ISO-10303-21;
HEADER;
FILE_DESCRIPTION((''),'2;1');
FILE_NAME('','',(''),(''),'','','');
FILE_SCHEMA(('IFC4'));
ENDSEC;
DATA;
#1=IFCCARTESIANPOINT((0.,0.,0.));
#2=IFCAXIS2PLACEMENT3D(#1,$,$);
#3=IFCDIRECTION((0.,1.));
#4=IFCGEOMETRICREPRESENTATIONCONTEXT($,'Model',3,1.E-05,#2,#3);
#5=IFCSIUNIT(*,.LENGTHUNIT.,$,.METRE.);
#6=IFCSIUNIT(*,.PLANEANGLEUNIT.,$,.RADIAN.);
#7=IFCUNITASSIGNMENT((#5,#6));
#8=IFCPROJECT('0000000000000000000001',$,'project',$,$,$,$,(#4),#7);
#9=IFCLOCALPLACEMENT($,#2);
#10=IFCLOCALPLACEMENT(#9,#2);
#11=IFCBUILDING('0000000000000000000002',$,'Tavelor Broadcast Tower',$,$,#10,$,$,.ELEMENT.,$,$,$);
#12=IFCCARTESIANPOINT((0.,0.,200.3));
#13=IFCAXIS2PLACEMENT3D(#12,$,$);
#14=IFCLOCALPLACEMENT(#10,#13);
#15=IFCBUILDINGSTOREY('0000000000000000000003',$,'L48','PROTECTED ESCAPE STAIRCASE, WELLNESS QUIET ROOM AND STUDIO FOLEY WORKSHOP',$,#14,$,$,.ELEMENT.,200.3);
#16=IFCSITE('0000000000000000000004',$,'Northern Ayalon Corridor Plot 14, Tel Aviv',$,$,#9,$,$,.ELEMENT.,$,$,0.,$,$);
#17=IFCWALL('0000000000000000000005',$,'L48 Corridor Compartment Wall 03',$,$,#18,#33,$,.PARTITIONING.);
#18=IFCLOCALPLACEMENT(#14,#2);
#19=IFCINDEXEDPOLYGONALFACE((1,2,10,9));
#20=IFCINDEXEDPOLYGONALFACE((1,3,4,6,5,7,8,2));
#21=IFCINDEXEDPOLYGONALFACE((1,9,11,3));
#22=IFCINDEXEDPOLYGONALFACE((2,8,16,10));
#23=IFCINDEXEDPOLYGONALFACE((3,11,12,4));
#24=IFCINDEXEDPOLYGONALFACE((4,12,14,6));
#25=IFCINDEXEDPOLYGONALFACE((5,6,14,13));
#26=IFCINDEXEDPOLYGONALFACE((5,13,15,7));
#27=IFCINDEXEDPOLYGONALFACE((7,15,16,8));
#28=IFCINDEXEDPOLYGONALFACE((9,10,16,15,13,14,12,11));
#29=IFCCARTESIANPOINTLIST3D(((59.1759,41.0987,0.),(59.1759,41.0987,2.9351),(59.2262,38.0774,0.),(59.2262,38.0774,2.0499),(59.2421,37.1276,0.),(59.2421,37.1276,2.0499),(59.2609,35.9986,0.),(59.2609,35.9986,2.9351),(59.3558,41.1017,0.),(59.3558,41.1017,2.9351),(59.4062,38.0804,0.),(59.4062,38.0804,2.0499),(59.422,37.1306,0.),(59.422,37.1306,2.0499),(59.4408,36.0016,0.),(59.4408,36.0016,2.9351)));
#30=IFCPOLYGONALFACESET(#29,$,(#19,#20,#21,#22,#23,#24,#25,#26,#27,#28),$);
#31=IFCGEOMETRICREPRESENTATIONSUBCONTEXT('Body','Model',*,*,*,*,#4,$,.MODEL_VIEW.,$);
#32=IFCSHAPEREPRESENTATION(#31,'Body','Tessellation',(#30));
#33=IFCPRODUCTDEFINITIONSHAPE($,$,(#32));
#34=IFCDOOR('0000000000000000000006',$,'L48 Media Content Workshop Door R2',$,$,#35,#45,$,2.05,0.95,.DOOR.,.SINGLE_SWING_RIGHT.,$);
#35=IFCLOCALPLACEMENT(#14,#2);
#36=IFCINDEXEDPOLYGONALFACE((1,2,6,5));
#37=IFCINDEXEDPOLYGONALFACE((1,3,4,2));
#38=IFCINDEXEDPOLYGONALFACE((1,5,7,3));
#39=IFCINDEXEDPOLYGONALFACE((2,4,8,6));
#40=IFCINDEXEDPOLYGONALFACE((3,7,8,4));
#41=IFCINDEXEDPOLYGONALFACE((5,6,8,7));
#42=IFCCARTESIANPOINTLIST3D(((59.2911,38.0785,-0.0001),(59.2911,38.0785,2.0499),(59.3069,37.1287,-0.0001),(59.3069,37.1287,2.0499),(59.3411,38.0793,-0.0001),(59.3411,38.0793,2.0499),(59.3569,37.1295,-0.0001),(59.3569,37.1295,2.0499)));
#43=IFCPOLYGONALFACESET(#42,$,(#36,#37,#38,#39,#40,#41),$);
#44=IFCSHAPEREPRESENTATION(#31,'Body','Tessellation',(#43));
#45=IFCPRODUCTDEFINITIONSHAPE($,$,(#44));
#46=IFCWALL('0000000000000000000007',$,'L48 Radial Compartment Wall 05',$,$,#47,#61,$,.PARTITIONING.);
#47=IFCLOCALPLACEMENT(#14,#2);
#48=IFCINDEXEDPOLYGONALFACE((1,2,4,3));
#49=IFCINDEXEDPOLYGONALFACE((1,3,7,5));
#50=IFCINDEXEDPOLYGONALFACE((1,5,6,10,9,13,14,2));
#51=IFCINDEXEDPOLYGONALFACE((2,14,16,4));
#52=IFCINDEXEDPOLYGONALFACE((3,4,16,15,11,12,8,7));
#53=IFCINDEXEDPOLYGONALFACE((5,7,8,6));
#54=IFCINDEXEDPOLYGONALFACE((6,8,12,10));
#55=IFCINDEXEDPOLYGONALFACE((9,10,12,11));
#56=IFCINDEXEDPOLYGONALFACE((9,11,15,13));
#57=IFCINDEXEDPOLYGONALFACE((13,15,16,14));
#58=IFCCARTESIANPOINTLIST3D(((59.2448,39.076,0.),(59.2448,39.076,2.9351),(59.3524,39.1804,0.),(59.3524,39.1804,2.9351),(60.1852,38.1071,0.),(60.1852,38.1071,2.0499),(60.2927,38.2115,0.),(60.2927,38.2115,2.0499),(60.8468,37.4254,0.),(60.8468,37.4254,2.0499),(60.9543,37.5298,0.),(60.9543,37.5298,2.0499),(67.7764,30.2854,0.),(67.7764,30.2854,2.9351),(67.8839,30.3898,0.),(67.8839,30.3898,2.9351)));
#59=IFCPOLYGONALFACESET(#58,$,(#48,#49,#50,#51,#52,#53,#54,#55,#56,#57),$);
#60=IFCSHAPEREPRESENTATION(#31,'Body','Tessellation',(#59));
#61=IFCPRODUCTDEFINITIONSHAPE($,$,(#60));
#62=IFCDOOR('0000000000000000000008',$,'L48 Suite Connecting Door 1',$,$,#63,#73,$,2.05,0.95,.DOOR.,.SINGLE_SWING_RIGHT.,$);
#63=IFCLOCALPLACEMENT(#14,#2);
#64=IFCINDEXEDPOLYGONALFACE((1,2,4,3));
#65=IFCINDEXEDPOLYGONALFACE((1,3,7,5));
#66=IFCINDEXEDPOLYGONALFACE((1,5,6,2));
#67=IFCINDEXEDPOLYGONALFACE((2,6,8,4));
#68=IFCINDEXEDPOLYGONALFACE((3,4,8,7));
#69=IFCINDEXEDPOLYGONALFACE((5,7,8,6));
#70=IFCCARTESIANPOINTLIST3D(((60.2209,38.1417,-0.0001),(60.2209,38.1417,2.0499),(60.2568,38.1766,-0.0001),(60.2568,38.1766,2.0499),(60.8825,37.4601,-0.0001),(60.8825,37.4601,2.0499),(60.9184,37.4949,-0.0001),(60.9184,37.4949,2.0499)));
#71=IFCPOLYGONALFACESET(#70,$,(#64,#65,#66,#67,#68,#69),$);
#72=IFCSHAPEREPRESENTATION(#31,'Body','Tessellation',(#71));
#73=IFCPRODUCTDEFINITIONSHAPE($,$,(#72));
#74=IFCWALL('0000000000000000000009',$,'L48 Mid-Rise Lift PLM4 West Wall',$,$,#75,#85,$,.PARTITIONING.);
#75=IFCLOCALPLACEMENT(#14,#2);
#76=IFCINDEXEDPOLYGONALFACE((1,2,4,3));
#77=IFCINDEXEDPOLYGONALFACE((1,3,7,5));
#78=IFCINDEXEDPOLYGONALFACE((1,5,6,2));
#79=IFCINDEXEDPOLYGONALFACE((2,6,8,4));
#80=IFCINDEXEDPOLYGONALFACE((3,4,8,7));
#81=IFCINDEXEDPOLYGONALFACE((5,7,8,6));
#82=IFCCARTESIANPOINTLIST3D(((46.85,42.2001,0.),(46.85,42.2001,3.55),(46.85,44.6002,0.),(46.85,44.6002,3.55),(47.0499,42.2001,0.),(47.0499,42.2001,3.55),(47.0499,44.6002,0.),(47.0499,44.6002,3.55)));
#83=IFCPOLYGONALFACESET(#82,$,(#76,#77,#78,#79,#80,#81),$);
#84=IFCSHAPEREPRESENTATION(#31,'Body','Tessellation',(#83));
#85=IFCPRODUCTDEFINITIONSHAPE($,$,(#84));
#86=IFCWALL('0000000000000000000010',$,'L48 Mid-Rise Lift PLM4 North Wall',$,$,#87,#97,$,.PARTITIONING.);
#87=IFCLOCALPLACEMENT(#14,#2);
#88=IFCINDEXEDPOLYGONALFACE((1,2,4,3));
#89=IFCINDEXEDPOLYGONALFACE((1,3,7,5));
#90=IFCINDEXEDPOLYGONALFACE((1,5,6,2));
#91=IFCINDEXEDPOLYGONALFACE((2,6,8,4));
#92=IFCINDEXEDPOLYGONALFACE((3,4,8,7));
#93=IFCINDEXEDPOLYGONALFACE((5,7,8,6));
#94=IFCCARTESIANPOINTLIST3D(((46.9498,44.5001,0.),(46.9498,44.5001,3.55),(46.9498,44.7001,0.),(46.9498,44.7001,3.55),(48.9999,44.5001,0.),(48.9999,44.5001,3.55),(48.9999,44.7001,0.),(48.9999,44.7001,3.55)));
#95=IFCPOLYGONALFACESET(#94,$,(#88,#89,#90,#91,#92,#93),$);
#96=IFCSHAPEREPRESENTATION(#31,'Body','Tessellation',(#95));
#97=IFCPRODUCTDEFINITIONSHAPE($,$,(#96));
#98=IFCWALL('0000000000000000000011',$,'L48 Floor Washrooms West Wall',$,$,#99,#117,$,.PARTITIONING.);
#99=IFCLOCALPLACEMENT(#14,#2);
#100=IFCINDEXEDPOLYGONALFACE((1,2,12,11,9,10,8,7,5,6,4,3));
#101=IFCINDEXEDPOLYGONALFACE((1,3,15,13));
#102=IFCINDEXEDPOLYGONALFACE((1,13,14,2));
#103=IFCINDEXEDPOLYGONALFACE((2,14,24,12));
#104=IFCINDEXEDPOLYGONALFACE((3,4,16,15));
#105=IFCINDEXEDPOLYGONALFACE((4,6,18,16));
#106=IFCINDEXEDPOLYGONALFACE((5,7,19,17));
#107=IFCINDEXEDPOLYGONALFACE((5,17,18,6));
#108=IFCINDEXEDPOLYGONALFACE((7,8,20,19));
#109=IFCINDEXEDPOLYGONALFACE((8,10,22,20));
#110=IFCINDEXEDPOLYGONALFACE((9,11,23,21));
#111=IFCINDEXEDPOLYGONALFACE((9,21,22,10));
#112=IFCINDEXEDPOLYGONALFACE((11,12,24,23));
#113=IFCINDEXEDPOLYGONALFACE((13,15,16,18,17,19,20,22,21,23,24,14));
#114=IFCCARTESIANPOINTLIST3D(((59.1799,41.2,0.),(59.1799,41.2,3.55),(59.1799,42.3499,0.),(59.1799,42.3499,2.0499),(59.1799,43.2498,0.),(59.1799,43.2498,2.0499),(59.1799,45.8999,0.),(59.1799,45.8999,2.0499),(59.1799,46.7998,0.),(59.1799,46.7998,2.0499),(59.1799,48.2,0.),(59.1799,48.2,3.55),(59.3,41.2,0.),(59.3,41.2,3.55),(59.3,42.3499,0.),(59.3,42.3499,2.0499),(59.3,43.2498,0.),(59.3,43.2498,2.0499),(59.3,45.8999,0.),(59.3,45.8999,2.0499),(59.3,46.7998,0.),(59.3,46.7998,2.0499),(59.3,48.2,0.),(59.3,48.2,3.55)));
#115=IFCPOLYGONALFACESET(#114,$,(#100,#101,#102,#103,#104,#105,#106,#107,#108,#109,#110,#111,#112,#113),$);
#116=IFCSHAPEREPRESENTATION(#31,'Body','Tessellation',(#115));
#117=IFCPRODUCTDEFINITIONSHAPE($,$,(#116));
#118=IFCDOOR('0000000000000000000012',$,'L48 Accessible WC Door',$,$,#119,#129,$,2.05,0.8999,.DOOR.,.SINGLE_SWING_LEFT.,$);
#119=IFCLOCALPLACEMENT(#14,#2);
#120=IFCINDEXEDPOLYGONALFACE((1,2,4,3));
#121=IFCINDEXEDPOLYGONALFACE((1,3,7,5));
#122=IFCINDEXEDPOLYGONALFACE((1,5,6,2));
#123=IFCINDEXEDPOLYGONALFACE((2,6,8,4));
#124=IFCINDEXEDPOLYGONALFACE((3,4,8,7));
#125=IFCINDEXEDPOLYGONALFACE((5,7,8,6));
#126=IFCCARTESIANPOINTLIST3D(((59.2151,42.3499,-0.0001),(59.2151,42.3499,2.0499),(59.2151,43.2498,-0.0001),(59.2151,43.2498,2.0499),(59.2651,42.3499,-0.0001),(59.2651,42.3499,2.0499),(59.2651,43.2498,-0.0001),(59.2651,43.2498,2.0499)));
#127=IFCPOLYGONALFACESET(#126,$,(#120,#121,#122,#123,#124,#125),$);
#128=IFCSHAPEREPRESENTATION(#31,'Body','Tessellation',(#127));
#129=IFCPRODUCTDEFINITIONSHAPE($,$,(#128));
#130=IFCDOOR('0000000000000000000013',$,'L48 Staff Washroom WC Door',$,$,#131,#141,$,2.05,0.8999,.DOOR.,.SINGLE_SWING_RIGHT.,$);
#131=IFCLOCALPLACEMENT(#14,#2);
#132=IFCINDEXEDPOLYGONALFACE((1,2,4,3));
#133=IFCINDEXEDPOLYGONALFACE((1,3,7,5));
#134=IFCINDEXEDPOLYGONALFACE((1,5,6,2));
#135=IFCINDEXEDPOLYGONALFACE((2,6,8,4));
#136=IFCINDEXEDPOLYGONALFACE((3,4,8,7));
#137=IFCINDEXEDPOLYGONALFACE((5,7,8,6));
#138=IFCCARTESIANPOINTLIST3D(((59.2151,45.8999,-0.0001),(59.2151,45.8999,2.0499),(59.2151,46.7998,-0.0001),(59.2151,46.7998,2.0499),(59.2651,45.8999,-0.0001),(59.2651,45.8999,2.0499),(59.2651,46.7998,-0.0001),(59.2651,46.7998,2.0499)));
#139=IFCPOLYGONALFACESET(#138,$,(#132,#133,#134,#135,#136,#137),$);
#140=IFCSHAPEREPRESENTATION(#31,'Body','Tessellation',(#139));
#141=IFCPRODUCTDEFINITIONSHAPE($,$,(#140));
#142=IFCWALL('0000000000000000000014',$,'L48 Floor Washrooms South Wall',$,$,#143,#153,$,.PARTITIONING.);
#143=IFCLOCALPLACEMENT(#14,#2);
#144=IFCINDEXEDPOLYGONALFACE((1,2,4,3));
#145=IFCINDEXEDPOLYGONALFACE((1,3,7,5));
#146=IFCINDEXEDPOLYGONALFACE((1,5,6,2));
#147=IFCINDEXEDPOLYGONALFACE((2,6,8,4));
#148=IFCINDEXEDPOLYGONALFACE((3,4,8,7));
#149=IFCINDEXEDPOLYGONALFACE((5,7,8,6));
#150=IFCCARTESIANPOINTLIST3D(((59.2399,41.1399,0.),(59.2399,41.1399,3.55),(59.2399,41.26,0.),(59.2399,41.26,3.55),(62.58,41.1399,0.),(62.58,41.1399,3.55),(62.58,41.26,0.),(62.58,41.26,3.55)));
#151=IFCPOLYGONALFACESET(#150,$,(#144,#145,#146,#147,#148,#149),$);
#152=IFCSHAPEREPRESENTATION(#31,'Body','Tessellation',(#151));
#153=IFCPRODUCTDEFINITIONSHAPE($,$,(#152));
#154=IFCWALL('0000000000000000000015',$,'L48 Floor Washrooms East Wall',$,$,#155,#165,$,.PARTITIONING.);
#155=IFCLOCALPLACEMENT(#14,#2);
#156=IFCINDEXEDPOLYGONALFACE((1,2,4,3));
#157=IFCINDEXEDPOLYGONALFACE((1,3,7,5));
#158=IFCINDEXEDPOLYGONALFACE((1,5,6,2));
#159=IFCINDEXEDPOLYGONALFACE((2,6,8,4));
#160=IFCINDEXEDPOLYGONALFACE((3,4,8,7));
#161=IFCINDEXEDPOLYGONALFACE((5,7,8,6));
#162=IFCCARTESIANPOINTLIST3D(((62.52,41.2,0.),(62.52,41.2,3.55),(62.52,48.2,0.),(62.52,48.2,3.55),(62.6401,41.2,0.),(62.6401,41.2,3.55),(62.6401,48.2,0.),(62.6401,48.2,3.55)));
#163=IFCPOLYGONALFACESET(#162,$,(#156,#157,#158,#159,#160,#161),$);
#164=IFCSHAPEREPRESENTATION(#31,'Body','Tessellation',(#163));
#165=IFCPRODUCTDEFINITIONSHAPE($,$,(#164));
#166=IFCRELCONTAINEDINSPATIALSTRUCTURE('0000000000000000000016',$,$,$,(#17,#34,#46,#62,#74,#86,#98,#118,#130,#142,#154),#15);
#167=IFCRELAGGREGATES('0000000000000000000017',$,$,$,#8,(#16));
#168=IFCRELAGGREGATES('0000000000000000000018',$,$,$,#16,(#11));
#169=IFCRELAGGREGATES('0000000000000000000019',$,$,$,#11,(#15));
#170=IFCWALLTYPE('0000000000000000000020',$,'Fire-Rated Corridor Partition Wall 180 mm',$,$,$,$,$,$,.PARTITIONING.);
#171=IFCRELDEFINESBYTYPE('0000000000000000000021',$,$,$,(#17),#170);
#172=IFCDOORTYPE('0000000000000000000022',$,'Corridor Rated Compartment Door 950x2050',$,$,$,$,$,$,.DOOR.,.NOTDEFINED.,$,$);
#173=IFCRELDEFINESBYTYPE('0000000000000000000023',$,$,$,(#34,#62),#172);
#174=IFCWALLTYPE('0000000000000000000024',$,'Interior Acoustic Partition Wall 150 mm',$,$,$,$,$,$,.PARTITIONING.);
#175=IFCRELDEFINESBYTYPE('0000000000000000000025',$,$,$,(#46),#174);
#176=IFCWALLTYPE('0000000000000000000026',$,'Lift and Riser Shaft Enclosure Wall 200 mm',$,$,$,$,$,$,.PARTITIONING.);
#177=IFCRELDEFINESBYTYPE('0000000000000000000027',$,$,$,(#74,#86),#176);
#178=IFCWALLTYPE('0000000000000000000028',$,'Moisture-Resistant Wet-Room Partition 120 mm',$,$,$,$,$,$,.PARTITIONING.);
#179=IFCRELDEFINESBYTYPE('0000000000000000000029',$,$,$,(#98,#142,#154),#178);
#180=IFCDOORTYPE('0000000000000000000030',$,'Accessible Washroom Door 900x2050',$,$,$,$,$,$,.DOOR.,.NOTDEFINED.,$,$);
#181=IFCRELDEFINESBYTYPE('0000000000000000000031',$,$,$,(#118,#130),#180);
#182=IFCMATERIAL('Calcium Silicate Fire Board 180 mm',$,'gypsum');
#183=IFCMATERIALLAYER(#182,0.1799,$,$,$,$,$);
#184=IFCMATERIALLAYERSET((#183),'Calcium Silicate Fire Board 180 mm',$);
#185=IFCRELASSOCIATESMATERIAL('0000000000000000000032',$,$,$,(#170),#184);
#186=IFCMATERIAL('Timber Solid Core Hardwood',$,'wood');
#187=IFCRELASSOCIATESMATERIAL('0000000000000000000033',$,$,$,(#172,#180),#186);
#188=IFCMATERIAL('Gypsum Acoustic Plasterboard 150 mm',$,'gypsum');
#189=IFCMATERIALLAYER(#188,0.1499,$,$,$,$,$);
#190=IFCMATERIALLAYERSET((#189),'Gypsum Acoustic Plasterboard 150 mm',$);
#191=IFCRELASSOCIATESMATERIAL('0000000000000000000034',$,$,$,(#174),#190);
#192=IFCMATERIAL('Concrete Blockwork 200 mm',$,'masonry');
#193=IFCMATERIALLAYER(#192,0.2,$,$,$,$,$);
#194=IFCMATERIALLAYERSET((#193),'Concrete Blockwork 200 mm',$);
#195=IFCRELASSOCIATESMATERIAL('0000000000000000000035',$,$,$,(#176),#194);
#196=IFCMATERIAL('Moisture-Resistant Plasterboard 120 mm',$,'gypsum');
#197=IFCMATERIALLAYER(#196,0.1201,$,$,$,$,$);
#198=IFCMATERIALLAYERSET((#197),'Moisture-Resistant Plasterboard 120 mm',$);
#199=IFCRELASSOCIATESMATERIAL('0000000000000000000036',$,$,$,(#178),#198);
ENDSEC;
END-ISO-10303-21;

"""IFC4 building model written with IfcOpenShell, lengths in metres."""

from ifc_helpers import new_model, si_unit, direction, frame, frame_2d, origin, place, context, subcontext, project, spatial, rectangle, extrude, material, layer, layer_set, type_object, element, fill, save


model = new_model("IFC4")

# Units and contexts
model_context = context("Model", 3, precision=1e-05, world=origin(), true_north=direction((0.0, 1.0)))
body_context = subcontext(model_context, "Body", "Model", "MODEL_VIEW")
ifc_project = project(units=[si_unit("LENGTHUNIT", "METRE"), si_unit("PLANEANGLEUNIT", "RADIAN")], contexts=[model_context])

# Site, building, storey
site_placement = place(None, origin())
site = spatial("IfcSite", under=ifc_project, at=site_placement, Name="Northern Ayalon Corridor Plot 14, Tel Aviv", CompositionType="ELEMENT", RefElevation=0.0)
building_placement = place(site_placement, origin())
building = spatial("IfcBuilding", under=site, at=building_placement, Name="Tavelor Broadcast Tower", CompositionType="ELEMENT")
storey_placement = place(building_placement, frame((0.0, 0.0, 200.3)))
storey = spatial("IfcBuildingStorey", under=building, at=storey_placement, Name="L48", Description="PROTECTED ESCAPE STAIRCASE, WELLNESS QUIET ROOM AND STUDIO FOLEY WORKSHOP", CompositionType="ELEMENT", Elevation=200.3)

# Walls, openings, doors
ifc_material_1 = material(Name="Calcium Silicate Fire Board 180 mm", Category="gypsum")
ifc_layer_1 = layer(ifc_material_1, 0.1799)
ifc_layer_set_1 = layer_set([ifc_layer_1], Name="Calcium Silicate Fire Board 180 mm")
wall_type_1 = type_object("IfcWallType", Name="Fire-Rated Corridor Partition Wall 180 mm", PredefinedType="PARTITIONING", material=ifc_layer_set_1)
wall_1_placement = place(storey_placement, frame((59.2659, 41.1001, 0.0), z_axis=(0.0, 0.0, 1.0), x_axis=(0.016656, -0.999861, 0.0)))
wall_1 = element("IfcWall", 1, at=wall_1_placement, inside=storey, type_object=wall_type_1, Name="L48 Corridor Compartment Wall 03", PredefinedType="PARTITIONING", context=body_context, shape_type="SweptSolid", body=[
    extrude(rectangle(XDim=5.1008, YDim=0.1799, at=frame_2d((2.5503, 0.0))), origin(), (0.0, 0.0, 1.0), 2.9351),
])
opening_1_placement = place(wall_1_placement, frame((3.0215, 0.0, 0.0)))
opening_1 = element("IfcOpeningElement", 2, at=opening_1_placement, cuts=wall_1, PredefinedType="OPENING", context=body_context, shape_type="SweptSolid", body=[
    extrude(rectangle(XDim=0.95, YDim=2.05, at=frame_2d((0.4751, 1.0249))), frame((0.0, 0.1001, 0.0), z_axis=(0.0, -1.0, 0.0), x_axis=(1.0, 0.0, 0.0)), (0.0, 0.0, 1.0), 0.2),
])
ifc_material_2 = material(Name="Timber Solid Core Hardwood", Category="wood")
door_type_1 = type_object("IfcDoorType", Name="Corridor Rated Compartment Door 950x2050", OperationType="NOTDEFINED", PredefinedType="DOOR", material=ifc_material_2)
door_1_placement = place(opening_1_placement, origin())
door_1 = element("IfcDoor", 3, at=door_1_placement, inside=storey, type_object=door_type_1, Name="L48 Media Content Workshop Door R2", OperationType="SINGLE_SWING_RIGHT", OverallHeight=2.05, OverallWidth=0.95, PredefinedType="DOOR", context=body_context, shape_type="SweptSolid", body=[
    extrude(rectangle(XDim=0.95, YDim=2.05, at=frame_2d((0.4751, 1.0249))), frame((0.0, 0.0249, 0.0), z_axis=(0.0, -1.0, 0.0), x_axis=(1.0, 0.0, 0.0)), (0.0, 0.0, 1.0), 0.05),
])
fill(opening_1, door_1)
ifc_material_3 = material(Name="Gypsum Acoustic Plasterboard 150 mm", Category="gypsum")
ifc_layer_2 = layer(ifc_material_3, 0.1499)
ifc_layer_set_2 = layer_set([ifc_layer_2], Name="Gypsum Acoustic Plasterboard 150 mm")
wall_type_2 = type_object("IfcWallType", Name="Interior Acoustic Partition Wall 150 mm", PredefinedType="PARTITIONING", material=ifc_layer_set_2)
wall_2_placement = place(storey_placement, frame((59.2986, 39.1282, 0.0), z_axis=(0.0, 0.0, 1.0), x_axis=(0.696455, -0.717601, 0.0)))
wall_2 = element("IfcWall", 4, at=wall_2_placement, inside=storey, type_object=wall_type_2, Name="L48 Radial Compartment Wall 05", PredefinedType="PARTITIONING", context=body_context, shape_type="SweptSolid", body=[
    extrude(rectangle(XDim=12.25, YDim=0.1499, at=frame_2d((6.125, 0.0))), origin(), (0.0, 0.0, 1.0), 2.9351),
])
opening_2_placement = place(wall_2_placement, frame((1.3501, 0.0, 0.0)))
opening_2 = element("IfcOpeningElement", 5, at=opening_2_placement, cuts=wall_2, PredefinedType="OPENING", context=body_context, shape_type="SweptSolid", body=[
    extrude(rectangle(XDim=0.95, YDim=2.05, at=frame_2d((0.4751, 1.0249))), frame((0.0, 0.085, 0.0), z_axis=(0.0, -1.0, 0.0), x_axis=(1.0, 0.0, 0.0)), (0.0, 0.0, 1.0), 0.1699),
])
door_2_placement = place(opening_2_placement, origin())
door_2 = element("IfcDoor", 6, at=door_2_placement, inside=storey, type_object=door_type_1, Name="L48 Suite Connecting Door 1", OperationType="SINGLE_SWING_RIGHT", OverallHeight=2.05, OverallWidth=0.95, PredefinedType="DOOR", context=body_context, shape_type="SweptSolid", body=[
    extrude(rectangle(XDim=0.95, YDim=2.05, at=frame_2d((0.4751, 1.0249))), frame((0.0, 0.0249, 0.0), z_axis=(0.0, -1.0, 0.0), x_axis=(1.0, 0.0, 0.0)), (0.0, 0.0, 1.0), 0.05),
])
fill(opening_2, door_2)
ifc_material_4 = material(Name="Concrete Blockwork 200 mm", Category="masonry")

# Walls
ifc_layer_3 = layer(ifc_material_4, 0.2)
ifc_layer_set_3 = layer_set([ifc_layer_3], Name="Concrete Blockwork 200 mm")
wall_type_3 = type_object("IfcWallType", Name="Lift and Riser Shaft Enclosure Wall 200 mm", PredefinedType="PARTITIONING", material=ifc_layer_set_3)
wall_3_placement = place(storey_placement, frame((46.95, 42.2, 0.0), z_axis=(0.0, 0.0, 1.0), x_axis=(0.0, 1.0, 0.0)))
element("IfcWall", 7, at=wall_3_placement, inside=storey, type_object=wall_type_3, Name="L48 Mid-Rise Lift PLM4 West Wall", PredefinedType="PARTITIONING", context=body_context, shape_type="SweptSolid", body=[
    extrude(rectangle(XDim=2.4001, YDim=0.2, at=frame_2d((1.2002, 0.0))), origin(), (0.0, 0.0, 1.0), 3.55),
])
wall_4_placement = place(storey_placement, frame((46.95, 44.6001, 0.0), z_axis=(0.0, 0.0, 1.0), x_axis=(1.0, 0.0, 0.0)))
element("IfcWall", 8, at=wall_4_placement, inside=storey, type_object=wall_type_3, Name="L48 Mid-Rise Lift PLM4 North Wall", PredefinedType="PARTITIONING", context=body_context, shape_type="SweptSolid", body=[
    extrude(rectangle(XDim=2.05, YDim=0.2, at=frame_2d((1.0249, 0.0))), origin(), (0.0, 0.0, 1.0), 3.55),
])

# Wall, openings, doors
ifc_material_5 = material(Name="Moisture-Resistant Plasterboard 120 mm", Category="gypsum")
ifc_layer_4 = layer(ifc_material_5, 0.1201)
ifc_layer_set_4 = layer_set([ifc_layer_4], Name="Moisture-Resistant Plasterboard 120 mm")
wall_type_4 = type_object("IfcWallType", Name="Moisture-Resistant Wet-Room Partition 120 mm", PredefinedType="PARTITIONING", material=ifc_layer_set_4)
wall_5_placement = place(storey_placement, frame((59.24, 41.2, 0.0), z_axis=(0.0, 0.0, 1.0), x_axis=(0.0, 1.0, 0.0)))
wall_5 = element("IfcWall", 9, at=wall_5_placement, inside=storey, type_object=wall_type_4, Name="L48 Floor Washrooms West Wall", PredefinedType="PARTITIONING", context=body_context, shape_type="SweptSolid", body=[
    extrude(rectangle(XDim=7.0, YDim=0.1201, at=frame_2d((3.5, 0.0))), origin(), (0.0, 0.0, 1.0), 3.55),
])
opening_3_placement = place(wall_5_placement, frame((1.1499, 0.0, 0.0)))
opening_3 = element("IfcOpeningElement", 10, at=opening_3_placement, cuts=wall_5, PredefinedType="OPENING", context=body_context, shape_type="SweptSolid", body=[
    extrude(rectangle(XDim=0.8999, YDim=2.05, at=frame_2d((0.45, 1.0249))), frame((0.0, 0.0701, 0.0), z_axis=(0.0, -1.0, 0.0), x_axis=(1.0, 0.0, 0.0)), (0.0, 0.0, 1.0), 0.1401),
])
opening_4_placement = place(wall_5_placement, frame((4.7, 0.0, 0.0)))
opening_4 = element("IfcOpeningElement", 11, at=opening_4_placement, cuts=wall_5, PredefinedType="OPENING", context=body_context, shape_type="SweptSolid", body=[
    extrude(rectangle(XDim=0.8999, YDim=2.05, at=frame_2d((0.45, 1.0249))), frame((0.0, 0.0701, 0.0), z_axis=(0.0, -1.0, 0.0), x_axis=(1.0, 0.0, 0.0)), (0.0, 0.0, 1.0), 0.1401),
])
door_type_2 = type_object("IfcDoorType", Name="Accessible Washroom Door 900x2050", OperationType="NOTDEFINED", PredefinedType="DOOR", material=ifc_material_2)
door_3_placement = place(opening_3_placement, origin())
door_3 = element("IfcDoor", 12, at=door_3_placement, inside=storey, type_object=door_type_2, Name="L48 Accessible WC Door", OperationType="SINGLE_SWING_LEFT", OverallHeight=2.05, OverallWidth=0.8999, PredefinedType="DOOR", context=body_context, shape_type="SweptSolid", body=[
    extrude(rectangle(XDim=0.8999, YDim=2.05, at=frame_2d((0.45, 1.0249))), frame((0.0, 0.0249, 0.0), z_axis=(0.0, -1.0, 0.0), x_axis=(1.0, 0.0, 0.0)), (0.0, 0.0, 1.0), 0.05),
])
fill(opening_3, door_3)
door_4_placement = place(opening_4_placement, origin())
door_4 = element("IfcDoor", 13, at=door_4_placement, inside=storey, type_object=door_type_2, Name="L48 Staff Washroom WC Door", OperationType="SINGLE_SWING_RIGHT", OverallHeight=2.05, OverallWidth=0.8999, PredefinedType="DOOR", context=body_context, shape_type="SweptSolid", body=[
    extrude(rectangle(XDim=0.8999, YDim=2.05, at=frame_2d((0.45, 1.0249))), frame((0.0, 0.0249, 0.0), z_axis=(0.0, -1.0, 0.0), x_axis=(1.0, 0.0, 0.0)), (0.0, 0.0, 1.0), 0.05),
])
fill(opening_4, door_4)

# Walls
wall_6_placement = place(storey_placement, frame((59.24, 41.2, 0.0), z_axis=(0.0, 0.0, 1.0), x_axis=(1.0, 0.0, 0.0)))
element("IfcWall", 14, at=wall_6_placement, inside=storey, type_object=wall_type_4, Name="L48 Floor Washrooms South Wall", PredefinedType="PARTITIONING", context=body_context, shape_type="SweptSolid", body=[
    extrude(rectangle(XDim=3.3401, YDim=0.1201, at=frame_2d((1.6699, 0.0))), origin(), (0.0, 0.0, 1.0), 3.55),
])
wall_7_placement = place(storey_placement, frame((62.5801, 41.2, 0.0), z_axis=(0.0, 0.0, 1.0), x_axis=(0.0, 1.0, 0.0)))
element("IfcWall", 15, at=wall_7_placement, inside=storey, type_object=wall_type_4, Name="L48 Floor Washrooms East Wall", PredefinedType="PARTITIONING", context=body_context, shape_type="SweptSolid", body=[
    extrude(rectangle(XDim=7.0, YDim=0.1201, at=frame_2d((3.5, 0.0))), origin(), (0.0, 0.0, 1.0), 3.55),
])

save(model, "model.ifc")
